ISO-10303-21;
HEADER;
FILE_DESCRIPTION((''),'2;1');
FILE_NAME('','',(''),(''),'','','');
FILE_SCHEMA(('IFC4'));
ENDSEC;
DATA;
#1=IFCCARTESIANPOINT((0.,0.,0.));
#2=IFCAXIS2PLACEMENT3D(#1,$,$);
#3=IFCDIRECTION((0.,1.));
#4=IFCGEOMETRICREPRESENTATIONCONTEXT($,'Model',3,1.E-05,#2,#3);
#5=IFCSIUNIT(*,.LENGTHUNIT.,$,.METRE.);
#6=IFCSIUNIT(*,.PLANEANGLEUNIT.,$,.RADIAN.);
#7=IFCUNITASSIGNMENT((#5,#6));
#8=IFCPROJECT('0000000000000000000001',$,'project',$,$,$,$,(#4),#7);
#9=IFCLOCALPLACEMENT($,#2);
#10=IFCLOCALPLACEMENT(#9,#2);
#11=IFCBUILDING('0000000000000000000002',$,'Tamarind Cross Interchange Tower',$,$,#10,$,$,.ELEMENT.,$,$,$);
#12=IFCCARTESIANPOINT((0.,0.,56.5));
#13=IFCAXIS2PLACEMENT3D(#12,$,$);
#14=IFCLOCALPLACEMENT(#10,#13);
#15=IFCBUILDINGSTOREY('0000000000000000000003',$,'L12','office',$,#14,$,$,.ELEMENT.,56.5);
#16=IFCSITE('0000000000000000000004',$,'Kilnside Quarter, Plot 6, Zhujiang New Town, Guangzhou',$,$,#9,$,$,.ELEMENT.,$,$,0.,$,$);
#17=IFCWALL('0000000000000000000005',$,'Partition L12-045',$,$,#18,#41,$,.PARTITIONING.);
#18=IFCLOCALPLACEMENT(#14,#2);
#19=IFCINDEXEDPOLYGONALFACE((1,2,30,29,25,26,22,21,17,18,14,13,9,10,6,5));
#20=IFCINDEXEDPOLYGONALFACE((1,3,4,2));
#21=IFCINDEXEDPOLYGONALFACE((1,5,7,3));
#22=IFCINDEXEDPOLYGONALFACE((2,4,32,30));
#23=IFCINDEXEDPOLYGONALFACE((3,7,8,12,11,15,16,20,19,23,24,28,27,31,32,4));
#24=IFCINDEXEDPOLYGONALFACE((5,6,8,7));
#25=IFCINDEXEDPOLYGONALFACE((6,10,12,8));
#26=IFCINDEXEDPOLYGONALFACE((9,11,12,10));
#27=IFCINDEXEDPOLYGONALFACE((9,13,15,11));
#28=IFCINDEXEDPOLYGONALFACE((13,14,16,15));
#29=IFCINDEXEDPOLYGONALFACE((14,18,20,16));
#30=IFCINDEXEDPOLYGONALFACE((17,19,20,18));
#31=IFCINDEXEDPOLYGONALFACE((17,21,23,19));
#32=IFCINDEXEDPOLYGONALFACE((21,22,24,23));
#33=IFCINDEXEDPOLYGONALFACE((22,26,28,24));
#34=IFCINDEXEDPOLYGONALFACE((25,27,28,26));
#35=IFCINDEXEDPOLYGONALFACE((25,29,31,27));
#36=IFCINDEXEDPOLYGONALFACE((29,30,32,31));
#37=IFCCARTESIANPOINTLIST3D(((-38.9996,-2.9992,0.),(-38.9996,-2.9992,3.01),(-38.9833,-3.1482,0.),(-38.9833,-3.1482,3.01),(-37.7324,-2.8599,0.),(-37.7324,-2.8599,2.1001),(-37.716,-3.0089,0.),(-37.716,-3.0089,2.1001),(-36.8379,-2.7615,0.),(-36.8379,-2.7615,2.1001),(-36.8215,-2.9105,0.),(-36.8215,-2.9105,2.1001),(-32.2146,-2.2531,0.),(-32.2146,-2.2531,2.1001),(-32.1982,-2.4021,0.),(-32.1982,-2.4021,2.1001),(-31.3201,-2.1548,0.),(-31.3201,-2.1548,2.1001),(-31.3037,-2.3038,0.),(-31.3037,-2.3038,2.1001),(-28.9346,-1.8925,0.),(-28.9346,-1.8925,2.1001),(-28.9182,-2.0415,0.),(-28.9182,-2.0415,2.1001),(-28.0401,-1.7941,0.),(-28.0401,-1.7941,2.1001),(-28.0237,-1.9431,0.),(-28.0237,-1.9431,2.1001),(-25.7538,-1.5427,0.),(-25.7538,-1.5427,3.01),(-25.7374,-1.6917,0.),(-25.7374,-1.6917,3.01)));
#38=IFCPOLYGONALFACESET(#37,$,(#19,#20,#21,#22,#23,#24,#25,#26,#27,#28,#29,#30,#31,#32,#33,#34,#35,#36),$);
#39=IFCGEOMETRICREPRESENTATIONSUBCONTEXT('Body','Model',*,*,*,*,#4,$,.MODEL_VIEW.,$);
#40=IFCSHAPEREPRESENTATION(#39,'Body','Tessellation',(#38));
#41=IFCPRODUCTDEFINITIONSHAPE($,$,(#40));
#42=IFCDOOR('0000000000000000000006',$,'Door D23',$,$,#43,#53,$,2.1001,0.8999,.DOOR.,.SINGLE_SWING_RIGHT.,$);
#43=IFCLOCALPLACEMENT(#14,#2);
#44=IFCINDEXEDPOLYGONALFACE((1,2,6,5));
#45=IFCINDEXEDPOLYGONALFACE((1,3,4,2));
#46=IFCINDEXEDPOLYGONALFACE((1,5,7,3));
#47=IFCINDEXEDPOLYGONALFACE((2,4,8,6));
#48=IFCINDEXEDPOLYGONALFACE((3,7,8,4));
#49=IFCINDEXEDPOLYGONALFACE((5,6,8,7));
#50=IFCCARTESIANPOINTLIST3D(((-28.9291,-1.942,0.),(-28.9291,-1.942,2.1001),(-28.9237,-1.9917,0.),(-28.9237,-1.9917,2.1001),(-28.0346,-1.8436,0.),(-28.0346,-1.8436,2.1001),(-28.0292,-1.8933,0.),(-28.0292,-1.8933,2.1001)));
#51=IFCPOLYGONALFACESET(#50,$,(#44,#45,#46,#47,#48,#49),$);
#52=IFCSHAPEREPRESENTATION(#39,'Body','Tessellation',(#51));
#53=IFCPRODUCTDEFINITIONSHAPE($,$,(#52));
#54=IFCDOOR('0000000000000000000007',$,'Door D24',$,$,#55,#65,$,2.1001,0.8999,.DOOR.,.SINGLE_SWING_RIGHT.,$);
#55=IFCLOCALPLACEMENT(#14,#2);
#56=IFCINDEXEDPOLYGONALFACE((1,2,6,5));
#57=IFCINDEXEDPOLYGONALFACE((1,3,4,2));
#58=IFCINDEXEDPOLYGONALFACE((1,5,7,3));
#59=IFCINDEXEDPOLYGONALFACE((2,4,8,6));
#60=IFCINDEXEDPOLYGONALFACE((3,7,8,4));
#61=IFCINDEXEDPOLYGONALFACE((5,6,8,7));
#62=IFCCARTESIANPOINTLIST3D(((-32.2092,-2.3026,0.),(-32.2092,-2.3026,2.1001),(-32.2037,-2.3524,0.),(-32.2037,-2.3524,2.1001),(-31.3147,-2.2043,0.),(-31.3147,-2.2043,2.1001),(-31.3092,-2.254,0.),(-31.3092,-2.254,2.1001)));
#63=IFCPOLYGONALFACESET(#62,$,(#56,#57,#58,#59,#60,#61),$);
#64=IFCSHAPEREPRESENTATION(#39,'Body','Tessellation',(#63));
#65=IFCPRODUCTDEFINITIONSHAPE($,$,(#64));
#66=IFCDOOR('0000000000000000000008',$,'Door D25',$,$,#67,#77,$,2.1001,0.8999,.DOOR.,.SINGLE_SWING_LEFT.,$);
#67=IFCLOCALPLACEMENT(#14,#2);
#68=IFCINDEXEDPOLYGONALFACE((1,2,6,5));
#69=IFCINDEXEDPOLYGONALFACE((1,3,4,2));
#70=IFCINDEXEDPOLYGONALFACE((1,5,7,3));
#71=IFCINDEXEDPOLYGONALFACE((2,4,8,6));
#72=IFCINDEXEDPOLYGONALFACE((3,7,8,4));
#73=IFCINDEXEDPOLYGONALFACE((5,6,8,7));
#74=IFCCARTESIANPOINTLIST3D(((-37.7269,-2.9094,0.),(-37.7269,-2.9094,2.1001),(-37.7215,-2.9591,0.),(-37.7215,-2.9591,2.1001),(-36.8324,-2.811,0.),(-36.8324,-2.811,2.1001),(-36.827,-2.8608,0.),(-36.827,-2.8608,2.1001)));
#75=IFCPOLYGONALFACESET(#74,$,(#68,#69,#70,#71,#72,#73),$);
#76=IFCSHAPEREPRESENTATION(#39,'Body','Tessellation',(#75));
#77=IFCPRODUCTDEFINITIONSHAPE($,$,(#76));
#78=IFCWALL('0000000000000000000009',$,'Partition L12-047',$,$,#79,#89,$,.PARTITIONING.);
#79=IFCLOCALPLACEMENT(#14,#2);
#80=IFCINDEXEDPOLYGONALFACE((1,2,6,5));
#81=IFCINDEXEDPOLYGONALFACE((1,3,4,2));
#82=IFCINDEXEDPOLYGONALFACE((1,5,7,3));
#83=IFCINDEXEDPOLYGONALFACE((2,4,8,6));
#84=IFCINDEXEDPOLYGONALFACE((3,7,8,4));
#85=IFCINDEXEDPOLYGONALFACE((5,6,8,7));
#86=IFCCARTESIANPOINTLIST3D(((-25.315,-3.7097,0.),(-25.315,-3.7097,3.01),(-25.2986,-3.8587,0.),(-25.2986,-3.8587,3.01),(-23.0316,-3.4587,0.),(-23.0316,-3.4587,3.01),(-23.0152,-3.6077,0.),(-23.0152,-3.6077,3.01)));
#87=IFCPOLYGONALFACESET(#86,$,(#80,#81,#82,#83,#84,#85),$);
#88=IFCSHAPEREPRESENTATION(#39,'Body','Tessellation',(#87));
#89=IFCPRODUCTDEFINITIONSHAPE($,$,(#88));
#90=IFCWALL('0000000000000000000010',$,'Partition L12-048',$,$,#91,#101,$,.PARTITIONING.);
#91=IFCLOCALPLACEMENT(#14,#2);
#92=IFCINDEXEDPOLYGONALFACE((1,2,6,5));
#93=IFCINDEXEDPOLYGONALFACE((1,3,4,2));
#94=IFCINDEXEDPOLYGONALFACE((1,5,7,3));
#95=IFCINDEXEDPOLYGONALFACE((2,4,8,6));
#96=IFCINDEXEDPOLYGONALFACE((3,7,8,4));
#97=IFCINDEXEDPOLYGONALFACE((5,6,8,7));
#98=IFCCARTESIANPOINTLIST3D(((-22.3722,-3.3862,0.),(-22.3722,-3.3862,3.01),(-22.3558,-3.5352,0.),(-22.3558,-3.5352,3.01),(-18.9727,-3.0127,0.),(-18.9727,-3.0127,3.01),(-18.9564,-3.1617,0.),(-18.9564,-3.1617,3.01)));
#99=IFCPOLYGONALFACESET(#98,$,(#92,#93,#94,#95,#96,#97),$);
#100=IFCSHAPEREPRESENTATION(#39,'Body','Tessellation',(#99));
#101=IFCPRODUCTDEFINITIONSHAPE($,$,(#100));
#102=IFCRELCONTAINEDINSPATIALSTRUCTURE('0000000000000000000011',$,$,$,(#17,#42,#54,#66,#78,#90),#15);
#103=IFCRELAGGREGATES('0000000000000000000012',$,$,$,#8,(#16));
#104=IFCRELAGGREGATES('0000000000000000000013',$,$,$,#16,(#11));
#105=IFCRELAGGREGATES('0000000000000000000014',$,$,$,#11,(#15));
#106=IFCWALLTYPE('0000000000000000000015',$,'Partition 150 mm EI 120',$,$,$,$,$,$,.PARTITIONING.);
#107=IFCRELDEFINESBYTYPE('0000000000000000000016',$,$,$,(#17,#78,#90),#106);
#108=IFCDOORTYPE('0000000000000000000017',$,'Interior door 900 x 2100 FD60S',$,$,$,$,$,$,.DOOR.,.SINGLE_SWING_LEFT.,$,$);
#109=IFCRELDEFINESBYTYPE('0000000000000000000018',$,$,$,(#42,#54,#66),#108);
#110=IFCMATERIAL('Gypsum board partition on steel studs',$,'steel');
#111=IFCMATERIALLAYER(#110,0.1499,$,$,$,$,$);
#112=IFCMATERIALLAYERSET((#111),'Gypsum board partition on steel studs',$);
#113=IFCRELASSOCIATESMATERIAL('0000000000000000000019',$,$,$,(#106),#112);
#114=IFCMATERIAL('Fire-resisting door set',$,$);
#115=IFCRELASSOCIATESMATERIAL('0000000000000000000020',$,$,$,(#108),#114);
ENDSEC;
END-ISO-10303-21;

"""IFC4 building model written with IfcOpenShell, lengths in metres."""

from ifc_helpers import new_model, si_unit, direction, frame, frame_2d, origin, place, context, subcontext, project, spatial, rectangle, extrude, material, layer, layer_set, type_object, element, fill, save


model = new_model("IFC4")

# Units and contexts
model_context = context("Model", 3, precision=1e-05, world=origin(), true_north=direction((0.0, 1.0)))
body_context = subcontext(model_context, "Body", "Model", "MODEL_VIEW")
ifc_project = project(units=[si_unit("LENGTHUNIT", "METRE"), si_unit("PLANEANGLEUNIT", "RADIAN")], contexts=[model_context])

# Site, building, storey
site_placement = place(None, origin())
site = spatial("IfcSite", under=ifc_project, at=site_placement, Name="Kilnside Quarter, Plot 6, Zhujiang New Town, Guangzhou", CompositionType="ELEMENT", RefElevation=0.0)
building_placement = place(site_placement, origin())
building = spatial("IfcBuilding", under=site, at=building_placement, Name="Tamarind Cross Interchange Tower", CompositionType="ELEMENT")
storey_placement = place(building_placement, frame((0.0, 0.0, 56.5)))
storey = spatial("IfcBuildingStorey", under=building, at=storey_placement, Name="L12", Description="office", CompositionType="ELEMENT", Elevation=56.5)

# Shared definitions
ifc_material_1 = material(Name="Gypsum board partition on steel studs", Category="steel")
ifc_layer_1 = layer(ifc_material_1, 0.1499)
ifc_layer_set_1 = layer_set([ifc_layer_1], Name="Gypsum board partition on steel studs")
wall_type_1 = type_object("IfcWallType", Name="Partition 150 mm EI 120", PredefinedType="PARTITIONING", material=ifc_layer_set_1)

# Wall, openings, doors
wall_1_placement = place(storey_placement, frame((-38.9915, -3.0737, 0.0), z_axis=(0.0, 0.0, 1.0), x_axis=(0.994008, 0.109303, 0.0)))
wall_1 = element("IfcWall", 1, at=wall_1_placement, inside=storey, type_object=wall_type_1, Name="Partition L12-045", PredefinedType="PARTITIONING", context=body_context, shape_type="SweptSolid", body=[
    extrude(rectangle(XDim=13.3257, YDim=0.1499, at=frame_2d((6.6628, 0.0))), origin(), (0.0, 0.0, 1.0), 3.01),
])
opening_1_placement = place(wall_1_placement, frame((10.1257, 0.0, 0.0)))
opening_1 = element("IfcOpeningElement", 2, at=opening_1_placement, cuts=wall_1, PredefinedType="OPENING", context=body_context, shape_type="SweptSolid", body=[
    extrude(rectangle(XDim=0.8999, YDim=2.1001, at=frame_2d((0.45, 1.05))), frame((0.0, 0.085, 0.0), z_axis=(0.0, -1.0, 0.0), x_axis=(1.0, 0.0, 0.0)), (0.0, 0.0, 1.0), 0.1699),
])
opening_2_placement = place(wall_1_placement, frame((6.8259, 0.0, 0.0)))
opening_2 = element("IfcOpeningElement", 3, at=opening_2_placement, cuts=wall_1, PredefinedType="OPENING", context=body_context, shape_type="SweptSolid", body=[
    extrude(rectangle(XDim=0.8999, YDim=2.1001, at=frame_2d((0.45, 1.05))), frame((0.0, 0.085, 0.0), z_axis=(0.0, -1.0, 0.0), x_axis=(1.0, 0.0, 0.0)), (0.0, 0.0, 1.0), 0.1699),
])
opening_3_placement = place(wall_1_placement, frame((1.2749, 0.0, 0.0)))
opening_3 = element("IfcOpeningElement", 4, at=opening_3_placement, cuts=wall_1, PredefinedType="OPENING", context=body_context, shape_type="SweptSolid", body=[
    extrude(rectangle(XDim=0.8999, YDim=2.1001, at=frame_2d((0.45, 1.05))), frame((0.0, 0.085, 0.0), z_axis=(0.0, -1.0, 0.0), x_axis=(1.0, 0.0, 0.0)), (0.0, 0.0, 1.0), 0.1699),
])
ifc_material_2 = material(Name="Fire-resisting door set")
door_type = type_object("IfcDoorType", Name="Interior door 900 x 2100 FD60S", OperationType="SINGLE_SWING_LEFT", PredefinedType="DOOR", material=ifc_material_2)
door_1_placement = place(opening_1_placement, frame((0.8999, 0.0, 0.0), z_axis=(0.0, 0.0, 1.0), x_axis=(-1.0, 0.0, 0.0)))
door_1 = element("IfcDoor", 5, at=door_1_placement, inside=storey, type_object=door_type, Name="Door D23", OperationType="SINGLE_SWING_RIGHT", OverallHeight=2.1001, OverallWidth=0.8999, PredefinedType="DOOR", context=body_context, shape_type="SweptSolid", body=[
    extrude(rectangle(XDim=0.8999, YDim=2.1001, at=frame_2d((0.45, 1.05))), frame((0.0, 0.0249, 0.0), z_axis=(0.0, -1.0, 0.0), x_axis=(1.0, 0.0, 0.0)), (0.0, 0.0, 1.0), 0.05),
])
fill(opening_1, door_1)
door_2_placement = place(opening_2_placement, frame((0.8999, 0.0, 0.0), z_axis=(0.0, 0.0, 1.0), x_axis=(-1.0, 0.0, 0.0)))
door_2 = element("IfcDoor", 6, at=door_2_placement, inside=storey, type_object=door_type, Name="Door D24", OperationType="SINGLE_SWING_RIGHT", OverallHeight=2.1001, OverallWidth=0.8999, PredefinedType="DOOR", context=body_context, shape_type="SweptSolid", body=[
    extrude(rectangle(XDim=0.8999, YDim=2.1001, at=frame_2d((0.45, 1.05))), frame((0.0, 0.0249, 0.0), z_axis=(0.0, -1.0, 0.0), x_axis=(1.0, 0.0, 0.0)), (0.0, 0.0, 1.0), 0.05),
])
fill(opening_2, door_2)
door_3_placement = place(opening_3_placement, frame((0.8999, 0.0, 0.0), z_axis=(0.0, 0.0, 1.0), x_axis=(-1.0, 0.0, 0.0)))
door_3 = element("IfcDoor", 7, at=door_3_placement, inside=storey, type_object=door_type, Name="Door D25", OperationType="SINGLE_SWING_LEFT", OverallHeight=2.1001, OverallWidth=0.8999, PredefinedType="DOOR", context=body_context, shape_type="SweptSolid", body=[
    extrude(rectangle(XDim=0.8999, YDim=2.1001, at=frame_2d((0.45, 1.05))), frame((0.0, 0.0249, 0.0), z_axis=(0.0, -1.0, 0.0), x_axis=(1.0, 0.0, 0.0)), (0.0, 0.0, 1.0), 0.05),
])
fill(opening_3, door_3)

# Walls
wall_2_placement = place(storey_placement, frame((-25.3066, -3.7842, 0.0), z_axis=(0.0, 0.0, 1.0), x_axis=(0.994014, 0.109253, 0.0)))
element("IfcWall", 8, at=wall_2_placement, inside=storey, type_object=wall_type_1, Name="Partition L12-047", PredefinedType="PARTITIONING", context=body_context, shape_type="SweptSolid", body=[
    extrude(rectangle(XDim=2.2971, YDim=0.1499, at=frame_2d((1.1484, 0.0))), origin(), (0.0, 0.0, 1.0), 3.01),
])
wall_3_placement = place(storey_placement, frame((-22.364, -3.4607, 0.0), z_axis=(0.0, 0.0, 1.0), x_axis=(0.994017, 0.109225, 0.0)))
element("IfcWall", 9, at=wall_3_placement, inside=storey, type_object=wall_type_1, Name="Partition L12-048", PredefinedType="PARTITIONING", context=body_context, shape_type="SweptSolid", body=[
    extrude(rectangle(XDim=3.4199, YDim=0.1499, at=frame_2d((1.71, 0.0))), origin(), (0.0, 0.0, 1.0), 3.01),
])

save(model, "model.ifc")
